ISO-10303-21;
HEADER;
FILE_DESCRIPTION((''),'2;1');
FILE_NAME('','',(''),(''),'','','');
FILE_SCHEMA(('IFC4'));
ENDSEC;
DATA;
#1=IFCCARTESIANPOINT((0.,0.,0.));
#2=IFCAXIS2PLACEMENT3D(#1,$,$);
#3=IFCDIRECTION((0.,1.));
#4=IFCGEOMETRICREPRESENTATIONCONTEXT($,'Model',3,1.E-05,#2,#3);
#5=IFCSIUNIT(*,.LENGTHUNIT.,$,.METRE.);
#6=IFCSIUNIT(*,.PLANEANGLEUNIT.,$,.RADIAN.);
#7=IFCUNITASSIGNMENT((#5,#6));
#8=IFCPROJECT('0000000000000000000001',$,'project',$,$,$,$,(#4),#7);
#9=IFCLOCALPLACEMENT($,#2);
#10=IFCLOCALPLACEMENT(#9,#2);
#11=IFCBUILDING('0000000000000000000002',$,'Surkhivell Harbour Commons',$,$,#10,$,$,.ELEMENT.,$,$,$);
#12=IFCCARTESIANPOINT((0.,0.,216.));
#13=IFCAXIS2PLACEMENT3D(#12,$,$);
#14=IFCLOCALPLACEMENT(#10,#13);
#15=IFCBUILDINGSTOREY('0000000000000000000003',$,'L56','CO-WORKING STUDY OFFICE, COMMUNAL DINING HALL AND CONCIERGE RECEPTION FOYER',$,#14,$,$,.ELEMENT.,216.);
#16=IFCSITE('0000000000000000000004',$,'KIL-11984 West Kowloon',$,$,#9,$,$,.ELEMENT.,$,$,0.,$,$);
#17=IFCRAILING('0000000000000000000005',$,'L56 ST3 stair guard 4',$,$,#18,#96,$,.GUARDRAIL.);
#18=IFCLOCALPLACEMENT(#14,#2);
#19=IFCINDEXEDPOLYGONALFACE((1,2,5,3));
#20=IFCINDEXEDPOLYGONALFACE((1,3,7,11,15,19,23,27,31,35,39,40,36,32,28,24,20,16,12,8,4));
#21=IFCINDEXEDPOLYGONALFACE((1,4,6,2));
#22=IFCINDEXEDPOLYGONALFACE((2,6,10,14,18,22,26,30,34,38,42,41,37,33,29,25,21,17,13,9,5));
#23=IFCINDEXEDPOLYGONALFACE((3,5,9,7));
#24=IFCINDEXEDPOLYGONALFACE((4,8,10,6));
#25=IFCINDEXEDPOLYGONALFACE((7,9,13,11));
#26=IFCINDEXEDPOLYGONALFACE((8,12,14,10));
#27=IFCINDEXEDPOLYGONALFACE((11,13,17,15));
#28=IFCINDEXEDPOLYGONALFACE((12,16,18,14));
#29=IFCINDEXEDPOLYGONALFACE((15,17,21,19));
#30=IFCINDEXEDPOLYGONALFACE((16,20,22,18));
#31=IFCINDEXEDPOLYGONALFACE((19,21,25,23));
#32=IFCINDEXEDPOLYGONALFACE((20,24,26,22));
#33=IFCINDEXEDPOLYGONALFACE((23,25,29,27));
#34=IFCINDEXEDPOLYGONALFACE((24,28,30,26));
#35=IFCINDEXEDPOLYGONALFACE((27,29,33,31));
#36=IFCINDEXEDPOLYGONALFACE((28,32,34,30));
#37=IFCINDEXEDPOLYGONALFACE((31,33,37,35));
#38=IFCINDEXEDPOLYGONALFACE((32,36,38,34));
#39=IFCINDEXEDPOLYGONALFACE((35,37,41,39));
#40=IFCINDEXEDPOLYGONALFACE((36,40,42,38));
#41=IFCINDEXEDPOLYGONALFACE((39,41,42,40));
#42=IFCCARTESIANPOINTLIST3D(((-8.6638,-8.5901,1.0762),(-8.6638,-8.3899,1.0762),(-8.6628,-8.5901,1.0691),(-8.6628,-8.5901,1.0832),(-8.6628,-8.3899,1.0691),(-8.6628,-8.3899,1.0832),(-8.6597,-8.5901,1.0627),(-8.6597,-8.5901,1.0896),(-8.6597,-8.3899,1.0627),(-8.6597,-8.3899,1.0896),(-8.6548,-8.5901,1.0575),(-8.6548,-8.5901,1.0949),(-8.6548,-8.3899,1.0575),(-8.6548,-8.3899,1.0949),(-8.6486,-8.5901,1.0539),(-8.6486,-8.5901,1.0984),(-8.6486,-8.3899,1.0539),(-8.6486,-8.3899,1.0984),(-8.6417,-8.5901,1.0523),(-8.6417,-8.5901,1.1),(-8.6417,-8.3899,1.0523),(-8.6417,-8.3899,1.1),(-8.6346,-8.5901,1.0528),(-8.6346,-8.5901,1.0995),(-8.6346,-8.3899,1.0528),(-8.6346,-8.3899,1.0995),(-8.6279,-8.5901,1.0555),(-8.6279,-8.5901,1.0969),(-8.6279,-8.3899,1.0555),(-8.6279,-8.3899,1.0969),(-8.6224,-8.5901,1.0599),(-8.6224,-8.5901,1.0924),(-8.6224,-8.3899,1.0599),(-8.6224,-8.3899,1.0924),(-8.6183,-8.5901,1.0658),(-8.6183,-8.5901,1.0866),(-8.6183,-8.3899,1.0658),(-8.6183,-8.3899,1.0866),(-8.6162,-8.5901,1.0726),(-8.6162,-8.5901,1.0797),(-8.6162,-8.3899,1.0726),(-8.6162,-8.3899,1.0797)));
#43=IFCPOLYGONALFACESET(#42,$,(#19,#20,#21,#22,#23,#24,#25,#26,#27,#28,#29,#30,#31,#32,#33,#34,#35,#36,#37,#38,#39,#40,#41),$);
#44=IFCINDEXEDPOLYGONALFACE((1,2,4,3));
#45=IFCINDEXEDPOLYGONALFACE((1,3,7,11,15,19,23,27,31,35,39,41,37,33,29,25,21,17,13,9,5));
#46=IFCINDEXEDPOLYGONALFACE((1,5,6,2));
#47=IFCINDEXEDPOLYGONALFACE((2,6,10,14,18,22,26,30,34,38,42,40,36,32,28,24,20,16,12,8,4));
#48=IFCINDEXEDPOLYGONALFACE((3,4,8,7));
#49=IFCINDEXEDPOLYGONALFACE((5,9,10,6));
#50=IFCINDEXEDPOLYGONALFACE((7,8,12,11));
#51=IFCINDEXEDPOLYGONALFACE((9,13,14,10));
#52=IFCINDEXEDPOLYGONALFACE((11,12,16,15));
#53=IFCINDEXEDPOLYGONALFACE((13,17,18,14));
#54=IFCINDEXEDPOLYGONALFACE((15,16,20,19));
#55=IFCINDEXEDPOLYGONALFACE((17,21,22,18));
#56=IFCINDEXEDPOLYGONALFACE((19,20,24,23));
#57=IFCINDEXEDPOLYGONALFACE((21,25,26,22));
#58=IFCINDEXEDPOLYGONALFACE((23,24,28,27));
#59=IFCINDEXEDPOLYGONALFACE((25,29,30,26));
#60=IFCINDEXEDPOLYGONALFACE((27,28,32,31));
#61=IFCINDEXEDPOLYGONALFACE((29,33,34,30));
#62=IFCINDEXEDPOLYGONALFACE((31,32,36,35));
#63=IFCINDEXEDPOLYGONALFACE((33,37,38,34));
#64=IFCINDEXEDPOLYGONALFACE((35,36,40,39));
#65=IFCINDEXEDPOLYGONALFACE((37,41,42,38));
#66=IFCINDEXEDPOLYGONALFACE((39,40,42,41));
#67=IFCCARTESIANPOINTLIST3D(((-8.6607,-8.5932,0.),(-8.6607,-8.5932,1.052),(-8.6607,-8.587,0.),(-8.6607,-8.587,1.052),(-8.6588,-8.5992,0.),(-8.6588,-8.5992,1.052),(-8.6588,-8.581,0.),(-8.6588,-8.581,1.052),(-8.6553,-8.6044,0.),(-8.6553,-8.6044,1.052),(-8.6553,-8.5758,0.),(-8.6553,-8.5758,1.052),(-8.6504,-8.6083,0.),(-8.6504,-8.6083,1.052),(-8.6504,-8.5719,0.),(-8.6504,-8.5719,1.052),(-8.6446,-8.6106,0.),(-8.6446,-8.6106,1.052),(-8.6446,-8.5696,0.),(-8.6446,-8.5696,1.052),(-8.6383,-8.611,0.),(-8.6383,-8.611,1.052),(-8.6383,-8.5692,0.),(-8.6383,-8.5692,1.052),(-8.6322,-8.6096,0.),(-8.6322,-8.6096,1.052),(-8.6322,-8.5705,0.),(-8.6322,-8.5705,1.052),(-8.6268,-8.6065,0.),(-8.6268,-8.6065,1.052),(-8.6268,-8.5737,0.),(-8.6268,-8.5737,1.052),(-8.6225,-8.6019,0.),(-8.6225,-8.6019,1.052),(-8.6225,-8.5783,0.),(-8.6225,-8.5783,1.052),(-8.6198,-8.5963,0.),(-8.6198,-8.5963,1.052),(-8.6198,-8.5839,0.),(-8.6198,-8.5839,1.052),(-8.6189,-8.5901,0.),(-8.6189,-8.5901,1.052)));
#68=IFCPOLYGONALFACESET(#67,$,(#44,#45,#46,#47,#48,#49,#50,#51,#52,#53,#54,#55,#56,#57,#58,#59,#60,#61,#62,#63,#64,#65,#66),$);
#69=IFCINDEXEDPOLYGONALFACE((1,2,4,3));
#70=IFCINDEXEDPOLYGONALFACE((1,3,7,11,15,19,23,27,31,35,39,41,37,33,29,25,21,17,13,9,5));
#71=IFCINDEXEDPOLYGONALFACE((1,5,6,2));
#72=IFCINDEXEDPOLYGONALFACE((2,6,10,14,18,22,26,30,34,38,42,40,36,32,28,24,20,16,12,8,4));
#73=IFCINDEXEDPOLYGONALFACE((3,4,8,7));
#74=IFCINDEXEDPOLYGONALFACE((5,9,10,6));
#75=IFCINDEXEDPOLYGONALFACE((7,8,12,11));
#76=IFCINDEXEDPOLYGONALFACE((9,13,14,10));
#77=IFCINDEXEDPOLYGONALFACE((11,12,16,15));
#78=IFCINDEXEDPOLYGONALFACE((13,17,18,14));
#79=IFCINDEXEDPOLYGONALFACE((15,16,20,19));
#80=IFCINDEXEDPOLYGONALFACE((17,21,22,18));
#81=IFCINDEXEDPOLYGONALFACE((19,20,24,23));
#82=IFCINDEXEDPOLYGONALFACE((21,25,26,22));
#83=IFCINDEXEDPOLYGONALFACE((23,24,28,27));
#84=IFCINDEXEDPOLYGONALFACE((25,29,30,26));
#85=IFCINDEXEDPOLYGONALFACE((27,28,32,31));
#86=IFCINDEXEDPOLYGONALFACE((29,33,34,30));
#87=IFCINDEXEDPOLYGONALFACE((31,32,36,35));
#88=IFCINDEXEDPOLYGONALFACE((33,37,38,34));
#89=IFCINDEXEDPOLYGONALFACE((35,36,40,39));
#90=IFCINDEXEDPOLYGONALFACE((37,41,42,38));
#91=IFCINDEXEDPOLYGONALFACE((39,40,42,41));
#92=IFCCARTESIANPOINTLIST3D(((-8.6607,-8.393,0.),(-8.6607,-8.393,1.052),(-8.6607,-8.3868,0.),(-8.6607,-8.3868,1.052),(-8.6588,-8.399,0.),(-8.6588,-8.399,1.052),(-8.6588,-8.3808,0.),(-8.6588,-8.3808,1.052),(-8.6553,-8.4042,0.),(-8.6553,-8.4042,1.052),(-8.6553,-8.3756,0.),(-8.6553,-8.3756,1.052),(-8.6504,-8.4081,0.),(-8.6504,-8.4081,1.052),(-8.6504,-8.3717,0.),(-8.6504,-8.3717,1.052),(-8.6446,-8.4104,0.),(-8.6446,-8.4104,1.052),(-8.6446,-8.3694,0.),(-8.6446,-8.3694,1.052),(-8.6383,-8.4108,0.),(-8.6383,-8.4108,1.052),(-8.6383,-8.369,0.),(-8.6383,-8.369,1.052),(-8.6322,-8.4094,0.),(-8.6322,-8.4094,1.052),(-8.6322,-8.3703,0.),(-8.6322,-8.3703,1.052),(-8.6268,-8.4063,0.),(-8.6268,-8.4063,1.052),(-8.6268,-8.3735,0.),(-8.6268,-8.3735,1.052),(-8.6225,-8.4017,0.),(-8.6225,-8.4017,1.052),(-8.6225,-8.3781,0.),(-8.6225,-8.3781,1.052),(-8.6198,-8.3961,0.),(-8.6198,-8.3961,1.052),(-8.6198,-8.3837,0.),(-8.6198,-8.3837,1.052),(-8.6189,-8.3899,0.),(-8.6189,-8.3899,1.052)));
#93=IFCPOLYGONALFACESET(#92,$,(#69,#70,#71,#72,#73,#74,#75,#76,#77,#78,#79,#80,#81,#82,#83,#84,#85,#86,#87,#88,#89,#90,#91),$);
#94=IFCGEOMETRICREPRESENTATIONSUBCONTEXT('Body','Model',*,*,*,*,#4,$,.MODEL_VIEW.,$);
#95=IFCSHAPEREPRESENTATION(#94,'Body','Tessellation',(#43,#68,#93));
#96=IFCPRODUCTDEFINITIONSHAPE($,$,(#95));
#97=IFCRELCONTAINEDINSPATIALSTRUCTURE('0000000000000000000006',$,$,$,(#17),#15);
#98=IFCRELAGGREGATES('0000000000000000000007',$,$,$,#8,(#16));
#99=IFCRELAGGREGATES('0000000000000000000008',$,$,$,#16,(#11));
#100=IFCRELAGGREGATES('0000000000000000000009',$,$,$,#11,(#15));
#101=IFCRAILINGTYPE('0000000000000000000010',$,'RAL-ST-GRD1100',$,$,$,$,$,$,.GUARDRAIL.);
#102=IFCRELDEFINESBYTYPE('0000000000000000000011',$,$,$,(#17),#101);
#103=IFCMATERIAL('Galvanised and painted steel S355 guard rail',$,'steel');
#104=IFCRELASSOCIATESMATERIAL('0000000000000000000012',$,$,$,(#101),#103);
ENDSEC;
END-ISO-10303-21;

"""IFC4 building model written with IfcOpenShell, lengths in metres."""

from ifc_helpers import new_model, si_unit, direction, frame, origin, origin_2d, place, context, subcontext, project, spatial, circle, extrude, material, type_object, element, save


model = new_model("IFC4")

# Units and contexts
model_context = context("Model", 3, precision=1e-05, world=origin(), true_north=direction((0.0, 1.0)))
body_context = subcontext(model_context, "Body", "Model", "MODEL_VIEW")
ifc_project = project(units=[si_unit("LENGTHUNIT", "METRE"), si_unit("PLANEANGLEUNIT", "RADIAN")], contexts=[model_context])

# Site, building, storey
site_placement = place(None, origin())
site = spatial("IfcSite", under=ifc_project, at=site_placement, Name="KIL-11984 West Kowloon", CompositionType="ELEMENT", RefElevation=0.0)
building_placement = place(site_placement, origin())
building = spatial("IfcBuilding", under=site, at=building_placement, Name="Surkhivell Harbour Commons", CompositionType="ELEMENT")
storey_placement = place(building_placement, frame((0.0, 0.0, 216.0)))
storey = spatial("IfcBuildingStorey", under=building, at=storey_placement, Name="L56", Description="CO-WORKING STUDY OFFICE, COMMUNAL DINING HALL AND CONCIERGE RECEPTION FOYER", CompositionType="ELEMENT", Elevation=216.0)

# Railing
ifc_material_1 = material(Name="Galvanised and painted steel S355 guard rail", Category="steel")
railing_type_1 = type_object("IfcRailingType", Name="RAL-ST-GRD1100", PredefinedType="GUARDRAIL", material=ifc_material_1)
railing_1_placement = place(storey_placement, frame((-8.6399, -8.5901, 0.0)))
element("IfcRailing", 1, at=railing_1_placement, inside=storey, type_object=railing_type_1, Name="L56 ST3 stair guard 4", PredefinedType="GUARDRAIL", context=body_context, shape_type="SweptSolid", body=[
    extrude(circle(Radius=0.0239, at=origin_2d()), frame((0.0, 0.0, 1.0762), z_axis=(0.0, 1.0, 0.0), x_axis=(-1.0, 0.0, 0.0)), (0.0, 0.0, 1.0), 0.2002),
    extrude(circle(Radius=0.021, at=origin_2d()), origin(), (0.0, 0.0, 1.0), 1.052),
    extrude(circle(Radius=0.021, at=origin_2d()), frame((0.0, 0.2002, 0.0)), (0.0, 0.0, 1.0), 1.052),
])

save(model, "model.ifc")
